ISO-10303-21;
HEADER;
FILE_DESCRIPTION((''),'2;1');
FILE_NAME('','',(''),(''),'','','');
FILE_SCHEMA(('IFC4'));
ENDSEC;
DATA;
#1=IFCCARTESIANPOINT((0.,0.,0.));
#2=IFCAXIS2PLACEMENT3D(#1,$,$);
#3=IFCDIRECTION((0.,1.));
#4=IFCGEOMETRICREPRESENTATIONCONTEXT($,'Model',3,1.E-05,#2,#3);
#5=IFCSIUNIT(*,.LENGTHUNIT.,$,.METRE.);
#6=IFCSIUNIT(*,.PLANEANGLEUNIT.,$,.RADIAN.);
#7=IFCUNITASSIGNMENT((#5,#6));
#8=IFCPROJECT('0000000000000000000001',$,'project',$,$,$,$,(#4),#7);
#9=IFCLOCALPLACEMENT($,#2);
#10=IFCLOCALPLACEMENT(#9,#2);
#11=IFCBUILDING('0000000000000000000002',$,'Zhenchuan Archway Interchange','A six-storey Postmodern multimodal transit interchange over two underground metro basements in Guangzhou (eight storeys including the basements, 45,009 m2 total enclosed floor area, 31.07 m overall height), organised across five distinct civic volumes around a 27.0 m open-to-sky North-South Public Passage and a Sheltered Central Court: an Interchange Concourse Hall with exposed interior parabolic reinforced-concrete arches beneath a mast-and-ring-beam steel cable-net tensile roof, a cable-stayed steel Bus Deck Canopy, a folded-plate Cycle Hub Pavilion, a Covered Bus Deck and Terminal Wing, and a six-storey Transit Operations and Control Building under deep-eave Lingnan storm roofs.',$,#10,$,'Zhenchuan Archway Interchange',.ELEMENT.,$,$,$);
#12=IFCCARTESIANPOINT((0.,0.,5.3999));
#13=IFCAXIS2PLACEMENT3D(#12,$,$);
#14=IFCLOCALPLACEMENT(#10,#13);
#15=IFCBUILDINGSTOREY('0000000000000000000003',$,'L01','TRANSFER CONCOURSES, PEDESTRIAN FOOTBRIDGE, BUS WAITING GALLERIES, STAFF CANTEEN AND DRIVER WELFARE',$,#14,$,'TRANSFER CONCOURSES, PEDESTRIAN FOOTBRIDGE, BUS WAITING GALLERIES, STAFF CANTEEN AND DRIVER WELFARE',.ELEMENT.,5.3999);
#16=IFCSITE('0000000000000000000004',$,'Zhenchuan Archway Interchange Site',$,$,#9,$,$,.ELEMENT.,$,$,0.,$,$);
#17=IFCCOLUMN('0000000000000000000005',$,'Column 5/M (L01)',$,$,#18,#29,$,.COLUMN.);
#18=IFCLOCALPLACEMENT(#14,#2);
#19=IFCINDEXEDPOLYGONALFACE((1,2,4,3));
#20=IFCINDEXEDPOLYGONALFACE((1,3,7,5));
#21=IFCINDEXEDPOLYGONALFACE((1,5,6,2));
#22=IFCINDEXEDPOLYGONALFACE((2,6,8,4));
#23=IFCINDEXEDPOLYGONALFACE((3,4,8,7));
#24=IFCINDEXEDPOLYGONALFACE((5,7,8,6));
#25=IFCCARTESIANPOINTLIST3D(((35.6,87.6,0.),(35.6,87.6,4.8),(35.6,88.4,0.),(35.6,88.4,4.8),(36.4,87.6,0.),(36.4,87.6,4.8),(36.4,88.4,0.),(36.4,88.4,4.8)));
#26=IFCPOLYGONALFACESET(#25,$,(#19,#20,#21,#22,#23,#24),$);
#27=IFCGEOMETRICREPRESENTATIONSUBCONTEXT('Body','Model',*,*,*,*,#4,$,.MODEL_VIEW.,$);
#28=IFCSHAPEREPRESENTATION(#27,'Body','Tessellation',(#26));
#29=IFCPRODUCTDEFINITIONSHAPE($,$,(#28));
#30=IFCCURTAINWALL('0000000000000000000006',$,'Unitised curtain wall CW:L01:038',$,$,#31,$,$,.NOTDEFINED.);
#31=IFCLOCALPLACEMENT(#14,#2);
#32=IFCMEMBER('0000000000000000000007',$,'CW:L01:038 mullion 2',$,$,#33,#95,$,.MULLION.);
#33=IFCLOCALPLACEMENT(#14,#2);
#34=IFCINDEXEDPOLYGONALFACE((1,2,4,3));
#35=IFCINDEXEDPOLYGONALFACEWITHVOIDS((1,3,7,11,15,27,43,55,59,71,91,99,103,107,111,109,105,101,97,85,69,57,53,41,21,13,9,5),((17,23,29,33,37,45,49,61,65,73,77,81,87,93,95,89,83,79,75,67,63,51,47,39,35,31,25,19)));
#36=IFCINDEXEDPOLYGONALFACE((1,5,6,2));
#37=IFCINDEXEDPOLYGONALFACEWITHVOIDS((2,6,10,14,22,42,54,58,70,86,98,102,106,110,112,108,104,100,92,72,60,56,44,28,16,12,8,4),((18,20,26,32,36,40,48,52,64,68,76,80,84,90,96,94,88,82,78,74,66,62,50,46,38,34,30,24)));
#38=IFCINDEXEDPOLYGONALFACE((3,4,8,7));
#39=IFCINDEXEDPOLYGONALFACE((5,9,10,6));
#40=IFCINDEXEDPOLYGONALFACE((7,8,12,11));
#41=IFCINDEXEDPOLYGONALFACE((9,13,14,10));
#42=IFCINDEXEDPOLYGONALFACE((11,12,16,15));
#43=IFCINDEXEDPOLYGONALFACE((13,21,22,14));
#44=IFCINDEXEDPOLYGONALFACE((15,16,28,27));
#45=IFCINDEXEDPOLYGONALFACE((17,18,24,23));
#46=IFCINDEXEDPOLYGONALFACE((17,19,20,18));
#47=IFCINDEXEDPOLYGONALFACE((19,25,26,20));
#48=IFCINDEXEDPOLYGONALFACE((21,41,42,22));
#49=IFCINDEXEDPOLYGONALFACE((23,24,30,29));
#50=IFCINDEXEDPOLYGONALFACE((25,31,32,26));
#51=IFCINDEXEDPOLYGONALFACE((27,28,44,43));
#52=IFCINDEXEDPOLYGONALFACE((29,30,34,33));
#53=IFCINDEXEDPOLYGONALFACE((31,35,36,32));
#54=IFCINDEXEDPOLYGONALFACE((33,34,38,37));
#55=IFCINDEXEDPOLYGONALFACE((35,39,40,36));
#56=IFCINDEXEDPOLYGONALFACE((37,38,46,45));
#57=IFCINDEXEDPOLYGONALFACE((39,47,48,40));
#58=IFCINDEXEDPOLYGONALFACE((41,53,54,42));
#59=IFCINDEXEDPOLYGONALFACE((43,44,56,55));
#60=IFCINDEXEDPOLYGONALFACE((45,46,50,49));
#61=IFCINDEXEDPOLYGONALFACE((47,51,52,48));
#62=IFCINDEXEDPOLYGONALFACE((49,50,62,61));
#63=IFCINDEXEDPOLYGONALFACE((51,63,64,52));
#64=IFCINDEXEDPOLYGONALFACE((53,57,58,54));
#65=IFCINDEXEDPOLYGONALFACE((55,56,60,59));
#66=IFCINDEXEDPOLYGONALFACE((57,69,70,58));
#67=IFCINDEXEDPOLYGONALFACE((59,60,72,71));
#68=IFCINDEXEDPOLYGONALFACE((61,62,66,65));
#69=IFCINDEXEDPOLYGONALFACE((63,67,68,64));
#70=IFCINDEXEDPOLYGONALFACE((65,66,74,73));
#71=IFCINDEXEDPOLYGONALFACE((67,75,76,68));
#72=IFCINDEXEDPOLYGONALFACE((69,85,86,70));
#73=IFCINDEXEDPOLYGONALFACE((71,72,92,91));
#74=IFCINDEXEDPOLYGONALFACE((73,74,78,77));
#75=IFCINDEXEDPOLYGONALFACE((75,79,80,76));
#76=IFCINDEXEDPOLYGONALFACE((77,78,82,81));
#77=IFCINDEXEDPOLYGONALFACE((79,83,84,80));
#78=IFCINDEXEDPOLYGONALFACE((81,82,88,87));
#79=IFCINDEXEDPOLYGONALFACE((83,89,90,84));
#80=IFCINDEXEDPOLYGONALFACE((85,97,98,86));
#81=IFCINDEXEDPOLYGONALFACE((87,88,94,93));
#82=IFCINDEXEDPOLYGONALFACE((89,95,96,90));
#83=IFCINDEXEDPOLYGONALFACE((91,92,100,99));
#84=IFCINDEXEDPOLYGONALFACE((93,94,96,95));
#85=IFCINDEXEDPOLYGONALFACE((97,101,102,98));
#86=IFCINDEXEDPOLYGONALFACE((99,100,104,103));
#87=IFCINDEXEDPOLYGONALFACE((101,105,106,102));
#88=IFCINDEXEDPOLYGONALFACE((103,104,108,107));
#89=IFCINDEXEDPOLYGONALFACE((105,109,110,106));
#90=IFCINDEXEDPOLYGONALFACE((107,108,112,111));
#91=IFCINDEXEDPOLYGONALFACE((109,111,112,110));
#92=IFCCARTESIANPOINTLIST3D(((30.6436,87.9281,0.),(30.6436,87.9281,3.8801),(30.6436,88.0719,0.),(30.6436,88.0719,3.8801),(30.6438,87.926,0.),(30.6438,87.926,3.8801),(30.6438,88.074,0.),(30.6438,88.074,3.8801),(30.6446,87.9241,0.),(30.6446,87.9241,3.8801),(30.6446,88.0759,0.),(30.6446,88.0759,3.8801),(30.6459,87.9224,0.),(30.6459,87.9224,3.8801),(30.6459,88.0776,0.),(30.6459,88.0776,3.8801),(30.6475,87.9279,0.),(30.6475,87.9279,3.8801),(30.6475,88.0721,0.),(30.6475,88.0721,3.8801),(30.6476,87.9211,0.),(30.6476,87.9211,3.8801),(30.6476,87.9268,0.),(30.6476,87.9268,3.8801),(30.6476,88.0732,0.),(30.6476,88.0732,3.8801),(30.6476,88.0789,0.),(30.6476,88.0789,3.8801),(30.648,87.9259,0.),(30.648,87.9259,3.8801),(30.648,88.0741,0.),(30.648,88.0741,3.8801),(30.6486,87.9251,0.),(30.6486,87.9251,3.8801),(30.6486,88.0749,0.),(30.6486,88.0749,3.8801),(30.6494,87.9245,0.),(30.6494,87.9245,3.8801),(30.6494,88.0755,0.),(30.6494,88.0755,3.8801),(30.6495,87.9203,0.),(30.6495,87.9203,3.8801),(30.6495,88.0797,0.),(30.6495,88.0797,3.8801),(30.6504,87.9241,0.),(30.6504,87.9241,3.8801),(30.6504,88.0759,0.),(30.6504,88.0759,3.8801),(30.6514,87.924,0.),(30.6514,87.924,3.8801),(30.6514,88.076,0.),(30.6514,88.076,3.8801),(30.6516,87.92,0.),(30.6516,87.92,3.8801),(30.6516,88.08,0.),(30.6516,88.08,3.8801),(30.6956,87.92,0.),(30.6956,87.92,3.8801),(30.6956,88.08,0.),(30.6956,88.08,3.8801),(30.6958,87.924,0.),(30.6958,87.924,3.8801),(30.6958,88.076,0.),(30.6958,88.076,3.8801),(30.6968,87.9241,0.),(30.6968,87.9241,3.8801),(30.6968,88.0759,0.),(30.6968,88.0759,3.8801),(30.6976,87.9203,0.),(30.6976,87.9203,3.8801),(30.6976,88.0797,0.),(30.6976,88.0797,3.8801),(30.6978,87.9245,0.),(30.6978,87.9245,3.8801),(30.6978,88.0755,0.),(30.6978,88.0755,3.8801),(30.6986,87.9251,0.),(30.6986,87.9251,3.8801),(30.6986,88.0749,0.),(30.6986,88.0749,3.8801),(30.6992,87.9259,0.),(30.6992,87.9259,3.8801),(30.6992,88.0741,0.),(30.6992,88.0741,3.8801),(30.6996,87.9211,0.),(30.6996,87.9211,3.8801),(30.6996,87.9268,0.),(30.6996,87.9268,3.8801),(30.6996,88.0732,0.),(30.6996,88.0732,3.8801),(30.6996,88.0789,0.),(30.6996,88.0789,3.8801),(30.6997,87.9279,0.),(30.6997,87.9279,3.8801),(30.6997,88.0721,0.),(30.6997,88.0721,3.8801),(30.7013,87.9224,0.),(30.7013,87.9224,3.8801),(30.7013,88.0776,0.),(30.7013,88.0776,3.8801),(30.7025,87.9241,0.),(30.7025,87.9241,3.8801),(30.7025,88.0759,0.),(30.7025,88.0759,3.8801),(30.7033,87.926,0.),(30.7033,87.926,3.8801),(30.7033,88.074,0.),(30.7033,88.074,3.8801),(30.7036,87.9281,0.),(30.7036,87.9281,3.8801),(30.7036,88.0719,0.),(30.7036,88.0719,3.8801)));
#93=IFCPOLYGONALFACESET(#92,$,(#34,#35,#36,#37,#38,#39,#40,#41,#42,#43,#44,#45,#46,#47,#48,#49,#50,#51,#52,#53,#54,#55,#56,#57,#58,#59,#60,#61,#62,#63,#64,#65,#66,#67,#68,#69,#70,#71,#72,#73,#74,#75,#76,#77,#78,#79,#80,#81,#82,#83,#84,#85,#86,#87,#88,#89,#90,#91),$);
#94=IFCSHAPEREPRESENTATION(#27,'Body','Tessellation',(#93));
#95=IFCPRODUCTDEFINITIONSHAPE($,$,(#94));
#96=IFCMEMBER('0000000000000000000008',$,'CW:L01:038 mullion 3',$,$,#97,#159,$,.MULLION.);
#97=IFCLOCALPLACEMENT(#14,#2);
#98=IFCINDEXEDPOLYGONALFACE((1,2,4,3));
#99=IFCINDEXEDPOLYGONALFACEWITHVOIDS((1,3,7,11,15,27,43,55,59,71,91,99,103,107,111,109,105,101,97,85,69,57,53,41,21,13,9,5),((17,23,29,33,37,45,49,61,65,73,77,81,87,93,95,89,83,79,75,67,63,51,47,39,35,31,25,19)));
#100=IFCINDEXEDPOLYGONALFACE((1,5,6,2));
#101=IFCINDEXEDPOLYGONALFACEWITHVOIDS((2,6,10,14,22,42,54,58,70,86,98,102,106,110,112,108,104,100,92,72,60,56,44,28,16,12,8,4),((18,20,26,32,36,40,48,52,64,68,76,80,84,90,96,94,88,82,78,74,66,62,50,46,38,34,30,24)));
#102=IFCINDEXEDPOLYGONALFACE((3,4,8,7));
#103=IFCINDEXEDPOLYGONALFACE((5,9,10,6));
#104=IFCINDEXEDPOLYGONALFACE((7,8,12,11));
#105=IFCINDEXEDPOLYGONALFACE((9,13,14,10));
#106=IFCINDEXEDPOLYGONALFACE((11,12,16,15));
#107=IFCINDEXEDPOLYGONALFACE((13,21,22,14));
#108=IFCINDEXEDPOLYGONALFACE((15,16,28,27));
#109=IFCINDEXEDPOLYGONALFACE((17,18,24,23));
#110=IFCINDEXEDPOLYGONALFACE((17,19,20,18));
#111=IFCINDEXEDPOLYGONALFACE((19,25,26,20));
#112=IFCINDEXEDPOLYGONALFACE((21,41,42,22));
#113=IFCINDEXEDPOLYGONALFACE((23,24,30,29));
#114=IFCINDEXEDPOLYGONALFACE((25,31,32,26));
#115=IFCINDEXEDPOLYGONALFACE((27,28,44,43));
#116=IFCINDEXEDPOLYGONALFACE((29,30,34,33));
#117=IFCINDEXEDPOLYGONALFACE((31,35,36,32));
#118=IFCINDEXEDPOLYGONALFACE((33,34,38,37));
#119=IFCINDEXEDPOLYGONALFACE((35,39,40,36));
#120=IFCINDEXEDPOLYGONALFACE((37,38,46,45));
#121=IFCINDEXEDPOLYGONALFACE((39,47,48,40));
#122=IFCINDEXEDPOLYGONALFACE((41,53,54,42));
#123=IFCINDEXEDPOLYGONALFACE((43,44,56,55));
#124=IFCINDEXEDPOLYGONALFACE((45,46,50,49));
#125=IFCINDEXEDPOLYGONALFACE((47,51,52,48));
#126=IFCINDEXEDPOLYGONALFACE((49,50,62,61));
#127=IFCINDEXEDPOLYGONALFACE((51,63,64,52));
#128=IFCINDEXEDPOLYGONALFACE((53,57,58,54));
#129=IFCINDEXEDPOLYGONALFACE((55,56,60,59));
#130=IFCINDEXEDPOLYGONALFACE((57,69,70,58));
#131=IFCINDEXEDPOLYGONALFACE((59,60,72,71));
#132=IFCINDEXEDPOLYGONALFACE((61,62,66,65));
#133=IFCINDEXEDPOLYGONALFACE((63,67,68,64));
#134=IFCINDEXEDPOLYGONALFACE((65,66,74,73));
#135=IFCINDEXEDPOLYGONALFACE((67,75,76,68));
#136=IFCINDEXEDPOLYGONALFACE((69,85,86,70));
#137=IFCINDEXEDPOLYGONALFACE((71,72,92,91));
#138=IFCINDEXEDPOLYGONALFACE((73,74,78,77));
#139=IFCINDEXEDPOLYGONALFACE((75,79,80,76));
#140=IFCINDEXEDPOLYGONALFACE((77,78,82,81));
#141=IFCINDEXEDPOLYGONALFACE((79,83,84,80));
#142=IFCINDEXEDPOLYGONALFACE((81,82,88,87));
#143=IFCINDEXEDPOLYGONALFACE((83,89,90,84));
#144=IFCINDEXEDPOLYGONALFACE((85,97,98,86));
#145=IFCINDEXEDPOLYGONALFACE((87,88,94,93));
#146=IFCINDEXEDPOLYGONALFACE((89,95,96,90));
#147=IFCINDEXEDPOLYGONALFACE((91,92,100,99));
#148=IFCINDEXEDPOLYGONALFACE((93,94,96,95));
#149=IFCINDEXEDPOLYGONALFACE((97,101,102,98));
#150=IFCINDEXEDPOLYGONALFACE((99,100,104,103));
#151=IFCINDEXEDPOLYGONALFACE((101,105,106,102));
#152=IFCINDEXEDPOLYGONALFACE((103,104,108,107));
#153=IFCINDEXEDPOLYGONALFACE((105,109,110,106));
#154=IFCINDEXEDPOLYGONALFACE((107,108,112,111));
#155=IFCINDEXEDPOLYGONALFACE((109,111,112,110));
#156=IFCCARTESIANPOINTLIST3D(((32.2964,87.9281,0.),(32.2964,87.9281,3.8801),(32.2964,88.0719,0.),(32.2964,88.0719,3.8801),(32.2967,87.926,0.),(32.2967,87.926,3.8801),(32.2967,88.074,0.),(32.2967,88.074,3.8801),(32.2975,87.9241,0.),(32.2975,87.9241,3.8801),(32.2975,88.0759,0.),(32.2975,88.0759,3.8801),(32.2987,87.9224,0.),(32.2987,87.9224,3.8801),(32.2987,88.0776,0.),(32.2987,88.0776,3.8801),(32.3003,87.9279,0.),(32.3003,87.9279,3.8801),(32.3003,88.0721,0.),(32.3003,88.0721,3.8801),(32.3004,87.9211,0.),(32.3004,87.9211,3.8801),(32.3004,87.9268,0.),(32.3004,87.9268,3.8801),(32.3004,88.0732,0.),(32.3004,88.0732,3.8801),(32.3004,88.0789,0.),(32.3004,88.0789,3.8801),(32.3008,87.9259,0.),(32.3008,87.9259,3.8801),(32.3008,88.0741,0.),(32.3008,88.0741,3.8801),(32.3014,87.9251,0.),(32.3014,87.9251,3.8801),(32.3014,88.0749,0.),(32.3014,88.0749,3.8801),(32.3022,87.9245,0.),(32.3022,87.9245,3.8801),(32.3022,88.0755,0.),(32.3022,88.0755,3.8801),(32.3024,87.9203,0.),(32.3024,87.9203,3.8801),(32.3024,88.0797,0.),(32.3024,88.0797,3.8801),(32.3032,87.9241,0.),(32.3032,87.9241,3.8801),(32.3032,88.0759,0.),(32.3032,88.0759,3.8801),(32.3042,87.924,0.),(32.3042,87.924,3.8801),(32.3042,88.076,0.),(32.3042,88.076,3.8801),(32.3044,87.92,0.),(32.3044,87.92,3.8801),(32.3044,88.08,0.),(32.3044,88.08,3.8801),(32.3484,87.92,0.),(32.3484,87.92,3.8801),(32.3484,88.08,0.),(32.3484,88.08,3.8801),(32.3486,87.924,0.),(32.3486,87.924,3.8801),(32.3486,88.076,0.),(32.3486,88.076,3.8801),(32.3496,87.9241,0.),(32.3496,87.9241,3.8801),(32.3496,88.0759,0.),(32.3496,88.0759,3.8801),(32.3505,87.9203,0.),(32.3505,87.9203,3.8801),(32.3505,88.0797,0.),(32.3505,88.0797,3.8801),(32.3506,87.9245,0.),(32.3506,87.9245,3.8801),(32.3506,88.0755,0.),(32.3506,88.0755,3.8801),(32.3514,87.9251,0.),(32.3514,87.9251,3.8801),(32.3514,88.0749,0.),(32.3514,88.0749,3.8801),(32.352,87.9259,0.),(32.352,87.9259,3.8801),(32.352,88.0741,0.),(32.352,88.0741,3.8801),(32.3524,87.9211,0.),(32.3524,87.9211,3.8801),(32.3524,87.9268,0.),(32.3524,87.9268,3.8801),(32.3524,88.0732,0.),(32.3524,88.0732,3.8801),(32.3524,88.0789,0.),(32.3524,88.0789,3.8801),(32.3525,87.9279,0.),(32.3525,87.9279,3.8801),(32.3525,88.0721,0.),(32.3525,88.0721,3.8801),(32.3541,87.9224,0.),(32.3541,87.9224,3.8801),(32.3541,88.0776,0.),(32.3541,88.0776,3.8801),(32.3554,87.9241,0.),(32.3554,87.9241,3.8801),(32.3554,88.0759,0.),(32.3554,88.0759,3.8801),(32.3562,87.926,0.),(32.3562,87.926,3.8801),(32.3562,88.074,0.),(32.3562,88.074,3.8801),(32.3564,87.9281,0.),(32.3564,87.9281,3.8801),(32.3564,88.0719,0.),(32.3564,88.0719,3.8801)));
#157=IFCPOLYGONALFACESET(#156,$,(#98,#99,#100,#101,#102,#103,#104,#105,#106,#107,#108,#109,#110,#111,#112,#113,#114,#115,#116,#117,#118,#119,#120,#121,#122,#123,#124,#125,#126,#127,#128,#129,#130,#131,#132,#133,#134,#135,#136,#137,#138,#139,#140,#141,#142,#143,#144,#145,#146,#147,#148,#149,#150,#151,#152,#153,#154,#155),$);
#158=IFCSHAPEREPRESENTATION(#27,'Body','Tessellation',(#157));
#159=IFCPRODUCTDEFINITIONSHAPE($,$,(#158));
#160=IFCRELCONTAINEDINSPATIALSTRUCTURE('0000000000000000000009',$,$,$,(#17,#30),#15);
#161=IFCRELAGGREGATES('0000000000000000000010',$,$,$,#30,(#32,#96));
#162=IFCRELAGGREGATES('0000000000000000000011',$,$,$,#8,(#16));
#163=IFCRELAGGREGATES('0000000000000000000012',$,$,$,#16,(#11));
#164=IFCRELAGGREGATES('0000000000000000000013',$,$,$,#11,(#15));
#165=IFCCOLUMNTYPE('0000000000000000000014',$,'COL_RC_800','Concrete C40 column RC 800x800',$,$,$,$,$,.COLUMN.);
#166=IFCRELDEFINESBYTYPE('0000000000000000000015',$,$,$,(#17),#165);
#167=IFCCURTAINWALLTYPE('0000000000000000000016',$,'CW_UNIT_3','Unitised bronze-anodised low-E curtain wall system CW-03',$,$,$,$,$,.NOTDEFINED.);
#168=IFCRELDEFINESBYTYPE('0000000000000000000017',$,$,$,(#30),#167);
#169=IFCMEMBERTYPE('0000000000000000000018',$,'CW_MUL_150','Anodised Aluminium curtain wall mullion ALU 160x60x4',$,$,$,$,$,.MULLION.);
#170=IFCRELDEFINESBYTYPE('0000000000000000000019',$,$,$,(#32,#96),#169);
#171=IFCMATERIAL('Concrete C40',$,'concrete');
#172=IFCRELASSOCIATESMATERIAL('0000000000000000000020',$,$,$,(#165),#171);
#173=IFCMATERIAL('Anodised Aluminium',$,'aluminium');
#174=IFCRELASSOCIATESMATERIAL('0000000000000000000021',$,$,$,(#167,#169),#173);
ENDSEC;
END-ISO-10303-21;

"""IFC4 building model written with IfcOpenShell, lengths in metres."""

from ifc_helpers import new_model, si_unit, direction, frame, origin, origin_2d, place, context, subcontext, project, spatial, rectangle, hollow_rectangle, extrude, material, material_profile, profile_set, type_object, element, aggregate, save


model = new_model("IFC4")

# Units and contexts
model_context = context("Model", 3, precision=1e-05, world=origin(), true_north=direction((0.0, 1.0)))
body_context = subcontext(model_context, "Body", "Model", "MODEL_VIEW")
ifc_project = project(units=[si_unit("LENGTHUNIT", "METRE"), si_unit("PLANEANGLEUNIT", "RADIAN")], contexts=[model_context])

# Site, building, storey
site_placement = place(None, origin())
site = spatial("IfcSite", under=ifc_project, at=site_placement, Name="Zhenchuan Archway Interchange Site", CompositionType="ELEMENT", RefElevation=0.0)
building_placement = place(site_placement, origin())
building = spatial("IfcBuilding", under=site, at=building_placement, Name="Zhenchuan Archway Interchange", Description="A six-storey Postmodern multimodal transit interchange over two underground metro basements in Guangzhou (eight storeys including the basements, 45,009 m2 total enclosed floor area, 31.07 m overall height), organised across five distinct civic volumes around a 27.0 m open-to-sky North-South Public Passage and a Sheltered Central Court: an Interchange Concourse Hall with exposed interior parabolic reinforced-concrete arches beneath a mast-and-ring-beam steel cable-net tensile roof, a cable-stayed steel Bus Deck Canopy, a folded-plate Cycle Hub Pavilion, a Covered Bus Deck and Terminal Wing, and a six-storey Transit Operations and Control Building under deep-eave Lingnan storm roofs.", LongName="Zhenchuan Archway Interchange", CompositionType="ELEMENT")
storey_placement = place(building_placement, frame((0.0, 0.0, 5.3999)))
storey = spatial("IfcBuildingStorey", under=building, at=storey_placement, Name="L01", Description="TRANSFER CONCOURSES, PEDESTRIAN FOOTBRIDGE, BUS WAITING GALLERIES, STAFF CANTEEN AND DRIVER WELFARE", LongName="TRANSFER CONCOURSES, PEDESTRIAN FOOTBRIDGE, BUS WAITING GALLERIES, STAFF CANTEEN AND DRIVER WELFARE", CompositionType="ELEMENT", Elevation=5.3999)

# Column
ifc_material_1 = material(Name="Concrete C40", Category="concrete")
ifc_material_profile_1 = material_profile(ifc_material_1, rectangle(XDim=0.8, YDim=0.8, at=origin_2d()), Name="RC 800x800")
ifc_profile_set_1 = profile_set([ifc_material_profile_1], Name="Concrete C40")
column_type = type_object("IfcColumnType", Name="COL_RC_800", Description="Concrete C40 column RC 800x800", PredefinedType="COLUMN", material=ifc_profile_set_1)
column_placement = place(storey_placement, frame((36.0, 88.0, 0.0), z_axis=(0.0, 0.0, 1.0), x_axis=(1.0, 0.0, 0.0)))
element("IfcColumn", 1, at=column_placement, inside=storey, type_object=column_type, Name="Column 5/M (L01)", PredefinedType="COLUMN", context=body_context, shape_type="SweptSolid", body=[
    extrude(rectangle(XDim=0.8, YDim=0.8, at=origin_2d()), origin(), (0.0, 0.0, 1.0), 4.8),
])

# Curtain wall, members
ifc_material_2 = material(Name="Anodised Aluminium", Category="aluminium")
curtain_wall_type_1 = type_object("IfcCurtainWallType", Name="CW_UNIT_3", Description="Unitised bronze-anodised low-E curtain wall system CW-03", PredefinedType="NOTDEFINED", material=ifc_material_2)
curtain_wall_1_placement = place(storey_placement, origin())
curtain_wall_1 = element("IfcCurtainWall", 2, at=curtain_wall_1_placement, inside=storey, type_object=curtain_wall_type_1, Name="Unitised curtain wall CW:L01:038", PredefinedType="NOTDEFINED")
ifc_material_profile_2 = material_profile(ifc_material_2, hollow_rectangle(XDim=0.0601, YDim=0.1599, WallThickness=0.0039, InnerFilletRadius=0.0039, OuterFilletRadius=0.0081, at=origin_2d()), Name="ALU 160x60x4")
ifc_profile_set_2 = profile_set([ifc_material_profile_2], Name="Anodised Aluminium")
member_type_1 = type_object("IfcMemberType", Name="CW_MUL_150", Description="Anodised Aluminium curtain wall mullion ALU 160x60x4", PredefinedType="MULLION", material=ifc_profile_set_2)
member_1_placement = place(storey_placement, frame((30.6736, 88.0, 0.0), z_axis=(0.0, 0.0, 1.0), x_axis=(1.0, 0.0, 0.0)))
member_1 = element("IfcMember", 3, at=member_1_placement, type_object=member_type_1, Name="CW:L01:038 mullion 2", PredefinedType="MULLION", context=body_context, shape_type="SweptSolid", body=[
    extrude(hollow_rectangle(XDim=0.0601, YDim=0.1599, WallThickness=0.0039, InnerFilletRadius=0.0039, OuterFilletRadius=0.0081, at=origin_2d()), origin(), (0.0, 0.0, 1.0), 3.8801),
])
member_2_placement = place(storey_placement, frame((32.3264, 88.0, 0.0), z_axis=(0.0, 0.0, 1.0), x_axis=(1.0, 0.0, 0.0)))
member_2 = element("IfcMember", 4, at=member_2_placement, type_object=member_type_1, Name="CW:L01:038 mullion 3", PredefinedType="MULLION", context=body_context, shape_type="SweptSolid", body=[
    extrude(hollow_rectangle(XDim=0.0601, YDim=0.1599, WallThickness=0.0039, InnerFilletRadius=0.0039, OuterFilletRadius=0.0081, at=origin_2d()), origin(), (0.0, 0.0, 1.0), 3.8801),
])

aggregate(curtain_wall_1, [member_1, member_2])

save(model, "model.ifc")
